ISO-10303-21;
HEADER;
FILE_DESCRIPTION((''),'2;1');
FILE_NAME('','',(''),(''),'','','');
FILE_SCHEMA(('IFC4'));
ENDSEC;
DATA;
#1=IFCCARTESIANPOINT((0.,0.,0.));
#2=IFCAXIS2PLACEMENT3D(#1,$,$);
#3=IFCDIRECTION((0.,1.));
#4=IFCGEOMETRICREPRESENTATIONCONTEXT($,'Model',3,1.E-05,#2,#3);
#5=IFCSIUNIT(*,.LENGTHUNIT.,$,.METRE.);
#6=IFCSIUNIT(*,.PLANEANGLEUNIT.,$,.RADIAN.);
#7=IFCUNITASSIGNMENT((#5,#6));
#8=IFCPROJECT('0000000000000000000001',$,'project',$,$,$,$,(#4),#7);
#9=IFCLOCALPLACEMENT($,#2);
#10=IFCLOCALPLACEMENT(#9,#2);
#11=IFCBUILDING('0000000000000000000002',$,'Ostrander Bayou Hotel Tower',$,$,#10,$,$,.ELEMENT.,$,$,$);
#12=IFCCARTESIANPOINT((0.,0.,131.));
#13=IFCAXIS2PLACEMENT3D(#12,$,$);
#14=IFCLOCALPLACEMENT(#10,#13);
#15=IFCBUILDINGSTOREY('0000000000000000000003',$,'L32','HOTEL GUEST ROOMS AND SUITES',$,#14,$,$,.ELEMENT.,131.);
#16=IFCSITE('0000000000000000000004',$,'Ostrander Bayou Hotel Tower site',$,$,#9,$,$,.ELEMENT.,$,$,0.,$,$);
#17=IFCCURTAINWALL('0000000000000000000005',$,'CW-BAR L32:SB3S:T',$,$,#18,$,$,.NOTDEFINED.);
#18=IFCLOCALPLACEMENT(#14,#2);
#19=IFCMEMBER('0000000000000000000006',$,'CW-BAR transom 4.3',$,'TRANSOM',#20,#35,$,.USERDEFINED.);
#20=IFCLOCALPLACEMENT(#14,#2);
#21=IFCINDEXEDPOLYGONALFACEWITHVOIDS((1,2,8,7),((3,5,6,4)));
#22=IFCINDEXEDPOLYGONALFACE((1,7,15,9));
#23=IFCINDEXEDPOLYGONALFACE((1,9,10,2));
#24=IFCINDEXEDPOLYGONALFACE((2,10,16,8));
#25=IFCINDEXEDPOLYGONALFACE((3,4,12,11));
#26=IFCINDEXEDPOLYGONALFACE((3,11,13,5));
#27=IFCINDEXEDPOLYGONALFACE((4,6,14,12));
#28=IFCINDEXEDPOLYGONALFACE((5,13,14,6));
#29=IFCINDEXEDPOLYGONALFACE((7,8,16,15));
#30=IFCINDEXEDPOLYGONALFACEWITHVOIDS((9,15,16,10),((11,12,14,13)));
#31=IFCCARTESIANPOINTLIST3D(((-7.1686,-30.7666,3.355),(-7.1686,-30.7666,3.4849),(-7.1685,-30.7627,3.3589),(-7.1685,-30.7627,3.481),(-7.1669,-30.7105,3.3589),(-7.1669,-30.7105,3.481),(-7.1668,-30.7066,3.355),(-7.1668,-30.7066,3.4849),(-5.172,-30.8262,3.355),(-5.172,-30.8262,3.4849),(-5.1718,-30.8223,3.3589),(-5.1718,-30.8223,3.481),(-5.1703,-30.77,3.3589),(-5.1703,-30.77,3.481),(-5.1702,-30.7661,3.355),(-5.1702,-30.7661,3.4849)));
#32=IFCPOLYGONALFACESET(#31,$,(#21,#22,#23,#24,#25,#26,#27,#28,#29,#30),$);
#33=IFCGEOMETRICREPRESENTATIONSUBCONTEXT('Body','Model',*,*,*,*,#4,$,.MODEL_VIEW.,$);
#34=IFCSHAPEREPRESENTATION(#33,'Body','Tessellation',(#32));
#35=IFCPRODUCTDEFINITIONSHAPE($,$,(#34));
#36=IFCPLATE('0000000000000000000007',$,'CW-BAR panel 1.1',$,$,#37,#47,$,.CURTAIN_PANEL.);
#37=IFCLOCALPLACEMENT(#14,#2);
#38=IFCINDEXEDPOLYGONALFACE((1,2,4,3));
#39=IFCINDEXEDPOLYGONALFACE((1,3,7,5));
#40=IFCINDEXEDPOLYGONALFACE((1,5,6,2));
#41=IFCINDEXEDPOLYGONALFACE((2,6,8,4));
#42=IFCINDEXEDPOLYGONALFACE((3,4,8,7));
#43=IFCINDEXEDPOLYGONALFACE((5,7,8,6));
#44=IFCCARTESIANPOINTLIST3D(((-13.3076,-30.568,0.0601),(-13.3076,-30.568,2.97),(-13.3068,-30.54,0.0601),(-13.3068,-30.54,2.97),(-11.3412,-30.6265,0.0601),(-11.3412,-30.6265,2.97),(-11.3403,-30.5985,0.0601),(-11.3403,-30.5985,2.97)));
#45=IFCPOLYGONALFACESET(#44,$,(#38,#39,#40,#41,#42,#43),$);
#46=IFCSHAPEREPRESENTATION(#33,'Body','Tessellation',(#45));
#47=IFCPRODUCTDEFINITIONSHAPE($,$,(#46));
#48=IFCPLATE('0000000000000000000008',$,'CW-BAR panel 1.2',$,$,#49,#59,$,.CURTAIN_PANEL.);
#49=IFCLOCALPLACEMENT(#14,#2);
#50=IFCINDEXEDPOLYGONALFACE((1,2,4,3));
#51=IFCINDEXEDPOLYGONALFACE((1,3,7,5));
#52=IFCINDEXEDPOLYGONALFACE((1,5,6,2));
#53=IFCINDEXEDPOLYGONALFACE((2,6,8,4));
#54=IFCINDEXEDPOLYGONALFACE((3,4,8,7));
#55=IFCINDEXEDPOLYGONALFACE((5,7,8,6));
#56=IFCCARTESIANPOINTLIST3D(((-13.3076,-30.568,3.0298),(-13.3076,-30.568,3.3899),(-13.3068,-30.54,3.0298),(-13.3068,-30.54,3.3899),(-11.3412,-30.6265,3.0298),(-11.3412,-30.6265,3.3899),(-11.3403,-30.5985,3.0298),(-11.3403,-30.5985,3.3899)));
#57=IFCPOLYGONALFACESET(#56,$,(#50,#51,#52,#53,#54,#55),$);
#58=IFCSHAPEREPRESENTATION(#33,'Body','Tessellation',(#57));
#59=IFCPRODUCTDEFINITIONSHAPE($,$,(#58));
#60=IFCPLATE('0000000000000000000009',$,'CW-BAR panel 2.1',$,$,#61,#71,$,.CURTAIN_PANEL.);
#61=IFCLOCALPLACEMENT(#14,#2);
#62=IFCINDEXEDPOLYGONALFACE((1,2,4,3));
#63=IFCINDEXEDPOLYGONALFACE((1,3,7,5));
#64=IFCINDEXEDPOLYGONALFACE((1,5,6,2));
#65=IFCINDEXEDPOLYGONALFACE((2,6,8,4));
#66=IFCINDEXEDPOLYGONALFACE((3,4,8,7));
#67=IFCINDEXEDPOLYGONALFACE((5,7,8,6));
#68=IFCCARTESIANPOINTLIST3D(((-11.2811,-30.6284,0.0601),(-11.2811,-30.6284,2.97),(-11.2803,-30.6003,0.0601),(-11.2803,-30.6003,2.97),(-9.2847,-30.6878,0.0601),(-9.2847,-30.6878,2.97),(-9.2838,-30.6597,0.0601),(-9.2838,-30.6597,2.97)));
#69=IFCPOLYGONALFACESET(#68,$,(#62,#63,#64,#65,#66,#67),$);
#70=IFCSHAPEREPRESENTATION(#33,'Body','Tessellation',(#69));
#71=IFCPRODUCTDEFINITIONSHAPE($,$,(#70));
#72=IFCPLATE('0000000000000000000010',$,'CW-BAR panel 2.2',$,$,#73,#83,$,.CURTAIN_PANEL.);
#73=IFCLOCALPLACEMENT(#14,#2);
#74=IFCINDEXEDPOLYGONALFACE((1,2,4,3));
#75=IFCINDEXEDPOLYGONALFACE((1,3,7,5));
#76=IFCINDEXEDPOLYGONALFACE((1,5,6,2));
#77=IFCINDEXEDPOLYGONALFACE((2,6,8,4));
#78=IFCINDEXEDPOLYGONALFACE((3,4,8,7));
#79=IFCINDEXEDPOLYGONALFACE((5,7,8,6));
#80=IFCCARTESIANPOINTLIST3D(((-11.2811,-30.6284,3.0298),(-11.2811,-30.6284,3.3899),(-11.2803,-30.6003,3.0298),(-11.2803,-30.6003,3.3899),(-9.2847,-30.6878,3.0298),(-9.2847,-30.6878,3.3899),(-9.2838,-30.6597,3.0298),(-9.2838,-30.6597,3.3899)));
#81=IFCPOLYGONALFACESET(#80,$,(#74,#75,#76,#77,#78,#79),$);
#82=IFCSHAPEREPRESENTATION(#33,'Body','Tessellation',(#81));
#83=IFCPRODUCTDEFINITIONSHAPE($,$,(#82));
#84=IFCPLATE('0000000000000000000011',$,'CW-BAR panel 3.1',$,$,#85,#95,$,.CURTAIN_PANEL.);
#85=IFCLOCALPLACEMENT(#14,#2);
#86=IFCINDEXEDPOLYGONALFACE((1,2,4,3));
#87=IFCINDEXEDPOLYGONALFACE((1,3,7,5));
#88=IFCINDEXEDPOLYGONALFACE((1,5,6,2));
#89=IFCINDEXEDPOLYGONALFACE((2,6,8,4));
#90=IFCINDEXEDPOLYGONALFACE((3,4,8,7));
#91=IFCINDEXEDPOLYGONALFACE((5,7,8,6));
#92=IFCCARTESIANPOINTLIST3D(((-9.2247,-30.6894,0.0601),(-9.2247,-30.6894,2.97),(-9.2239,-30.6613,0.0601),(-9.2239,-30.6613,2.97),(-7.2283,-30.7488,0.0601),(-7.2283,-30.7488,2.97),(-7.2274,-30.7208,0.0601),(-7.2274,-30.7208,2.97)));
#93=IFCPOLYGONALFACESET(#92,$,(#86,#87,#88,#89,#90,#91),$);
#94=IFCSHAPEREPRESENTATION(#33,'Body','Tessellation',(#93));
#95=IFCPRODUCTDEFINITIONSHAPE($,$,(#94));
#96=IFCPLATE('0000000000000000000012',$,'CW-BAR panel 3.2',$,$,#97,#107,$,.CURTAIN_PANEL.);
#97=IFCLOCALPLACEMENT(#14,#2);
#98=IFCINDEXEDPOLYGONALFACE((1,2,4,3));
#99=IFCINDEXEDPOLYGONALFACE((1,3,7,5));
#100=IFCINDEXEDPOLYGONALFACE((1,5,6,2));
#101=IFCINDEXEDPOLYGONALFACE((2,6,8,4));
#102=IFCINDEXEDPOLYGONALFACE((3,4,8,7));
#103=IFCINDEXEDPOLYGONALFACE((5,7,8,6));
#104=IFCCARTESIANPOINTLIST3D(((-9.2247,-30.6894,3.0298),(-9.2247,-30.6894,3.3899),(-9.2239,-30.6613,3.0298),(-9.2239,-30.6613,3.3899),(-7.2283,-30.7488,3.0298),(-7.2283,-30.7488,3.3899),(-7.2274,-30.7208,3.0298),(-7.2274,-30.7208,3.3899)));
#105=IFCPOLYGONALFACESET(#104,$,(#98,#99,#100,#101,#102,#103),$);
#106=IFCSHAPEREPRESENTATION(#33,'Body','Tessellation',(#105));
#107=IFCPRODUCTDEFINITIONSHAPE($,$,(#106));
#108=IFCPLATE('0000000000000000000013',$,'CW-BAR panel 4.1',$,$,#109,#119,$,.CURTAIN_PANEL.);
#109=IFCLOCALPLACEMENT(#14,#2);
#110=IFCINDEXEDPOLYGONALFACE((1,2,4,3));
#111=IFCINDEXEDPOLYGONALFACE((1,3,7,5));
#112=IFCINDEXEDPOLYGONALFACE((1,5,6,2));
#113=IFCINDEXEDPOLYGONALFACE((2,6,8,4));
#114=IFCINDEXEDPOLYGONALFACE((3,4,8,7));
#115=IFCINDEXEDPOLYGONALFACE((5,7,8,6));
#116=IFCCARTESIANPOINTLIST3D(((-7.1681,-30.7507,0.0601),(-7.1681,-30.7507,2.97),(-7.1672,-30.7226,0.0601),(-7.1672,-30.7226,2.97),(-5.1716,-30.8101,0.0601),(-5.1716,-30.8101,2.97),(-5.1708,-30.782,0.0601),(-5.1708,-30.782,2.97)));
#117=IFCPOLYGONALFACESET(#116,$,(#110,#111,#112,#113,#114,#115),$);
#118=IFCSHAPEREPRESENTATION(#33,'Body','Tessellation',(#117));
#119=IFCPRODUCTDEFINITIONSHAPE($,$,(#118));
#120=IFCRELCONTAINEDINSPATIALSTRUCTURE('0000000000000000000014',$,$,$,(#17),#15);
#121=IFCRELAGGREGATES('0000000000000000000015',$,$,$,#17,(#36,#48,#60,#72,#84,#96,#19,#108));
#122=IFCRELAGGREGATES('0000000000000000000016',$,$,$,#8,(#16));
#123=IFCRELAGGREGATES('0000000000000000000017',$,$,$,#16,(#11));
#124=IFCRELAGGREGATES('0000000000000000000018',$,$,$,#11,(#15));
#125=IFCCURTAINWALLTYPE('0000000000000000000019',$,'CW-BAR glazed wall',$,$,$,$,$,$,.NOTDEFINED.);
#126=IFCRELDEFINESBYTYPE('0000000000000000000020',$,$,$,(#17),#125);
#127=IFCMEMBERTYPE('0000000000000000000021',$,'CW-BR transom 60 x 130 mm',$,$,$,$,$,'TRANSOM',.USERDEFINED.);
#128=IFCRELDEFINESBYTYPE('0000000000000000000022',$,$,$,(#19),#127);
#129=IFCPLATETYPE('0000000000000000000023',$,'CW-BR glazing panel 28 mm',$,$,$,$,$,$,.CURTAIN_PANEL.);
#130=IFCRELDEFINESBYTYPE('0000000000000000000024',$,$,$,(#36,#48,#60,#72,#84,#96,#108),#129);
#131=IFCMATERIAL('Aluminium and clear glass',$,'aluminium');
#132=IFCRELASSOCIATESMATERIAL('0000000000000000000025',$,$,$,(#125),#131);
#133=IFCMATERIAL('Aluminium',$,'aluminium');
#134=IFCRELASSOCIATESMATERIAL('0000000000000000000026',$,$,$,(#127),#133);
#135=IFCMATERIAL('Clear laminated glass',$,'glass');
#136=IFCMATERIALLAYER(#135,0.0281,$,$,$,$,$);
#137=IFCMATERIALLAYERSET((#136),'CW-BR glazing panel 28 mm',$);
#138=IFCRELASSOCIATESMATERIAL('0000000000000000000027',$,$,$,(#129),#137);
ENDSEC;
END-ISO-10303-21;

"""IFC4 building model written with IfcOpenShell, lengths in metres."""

from ifc_helpers import new_model, si_unit, direction, frame, origin, origin_2d, place, context, subcontext, project, spatial, rectangle, hollow_rectangle, extrude, material, layer, layer_set, material_profile, profile_set, type_object, element, aggregate, save


model = new_model("IFC4")

# Units and contexts
model_context = context("Model", 3, precision=1e-05, world=origin(), true_north=direction((0.0, 1.0)))
body_context = subcontext(model_context, "Body", "Model", "MODEL_VIEW")
ifc_project = project(units=[si_unit("LENGTHUNIT", "METRE"), si_unit("PLANEANGLEUNIT", "RADIAN")], contexts=[model_context])

# Site, building, storey
site_placement = place(None, origin())
site = spatial("IfcSite", under=ifc_project, at=site_placement, Name="Ostrander Bayou Hotel Tower site", CompositionType="ELEMENT", RefElevation=0.0)
building_placement = place(site_placement, origin())
building = spatial("IfcBuilding", under=site, at=building_placement, Name="Ostrander Bayou Hotel Tower", CompositionType="ELEMENT")
storey_placement = place(building_placement, frame((0.0, 0.0, 131.0)))
storey = spatial("IfcBuildingStorey", under=building, at=storey_placement, Name="L32", Description="HOTEL GUEST ROOMS AND SUITES", CompositionType="ELEMENT", Elevation=131.0)

# Curtain wall, member, plates
ifc_material_1 = material(Name="Aluminium and clear glass", Category="aluminium")
curtain_wall_type = type_object("IfcCurtainWallType", Name="CW-BAR glazed wall", PredefinedType="NOTDEFINED", material=ifc_material_1)
curtain_wall_placement = place(storey_placement, origin())
curtain_wall = element("IfcCurtainWall", 1, at=curtain_wall_placement, inside=storey, type_object=curtain_wall_type, Name="CW-BAR L32:SB3S:T", PredefinedType="NOTDEFINED")
ifc_material_2 = material(Name="Aluminium", Category="aluminium")
ifc_material_profile_1 = material_profile(ifc_material_2, hollow_rectangle(XDim=0.0601, YDim=0.1299, WallThickness=0.0039, at=origin_2d()))
ifc_profile_set_1 = profile_set([ifc_material_profile_1], Name="Aluminium")
member_type_1 = type_object("IfcMemberType", Name="CW-BR transom 60 x 130 mm", ElementType="TRANSOM", PredefinedType="USERDEFINED", material=ifc_profile_set_1)
member_1_placement = place(storey_placement, frame((-7.1677, -30.7366, 3.4199), z_axis=(0.999555, -0.029823, 0.0), x_axis=(0.029823, 0.999555, 0.0)))
member_1 = element("IfcMember", 2, at=member_1_placement, type_object=member_type_1, Name="CW-BAR transom 4.3", ObjectType="TRANSOM", PredefinedType="USERDEFINED", context=body_context, shape_type="SweptSolid", body=[
    extrude(hollow_rectangle(XDim=0.0601, YDim=0.1299, WallThickness=0.0039, at=origin_2d()), origin(), (0.0, 0.0, 1.0), 1.9976),
])
ifc_material_3 = material(Name="Clear laminated glass", Category="glass")
ifc_layer = layer(ifc_material_3, 0.0281)
ifc_layer_set = layer_set([ifc_layer], Name="CW-BR glazing panel 28 mm")
plate_type = type_object("IfcPlateType", Name="CW-BR glazing panel 28 mm", PredefinedType="CURTAIN_PANEL", material=ifc_layer_set)
plate_1_placement = place(storey_placement, frame((-12.324, -30.5833, 0.0601), z_axis=(0.0, 0.0, 1.0), x_axis=(0.999557, -0.029746, 0.0)))
plate_1 = element("IfcPlate", 3, at=plate_1_placement, type_object=plate_type, Name="CW-BAR panel 1.1", PredefinedType="CURTAIN_PANEL", context=body_context, shape_type="SweptSolid", body=[
    extrude(rectangle(XDim=1.9673, YDim=0.0281, at=origin_2d()), origin(), (0.0, 0.0, 1.0), 2.9099),
])
plate_2_placement = place(storey_placement, frame((-12.324, -30.5833, 3.0298), z_axis=(0.0, 0.0, 1.0), x_axis=(0.999557, -0.029746, 0.0)))
plate_2 = element("IfcPlate", 4, at=plate_2_placement, type_object=plate_type, Name="CW-BAR panel 1.2", PredefinedType="CURTAIN_PANEL", context=body_context, shape_type="SweptSolid", body=[
    extrude(rectangle(XDim=1.9673, YDim=0.0281, at=origin_2d()), origin(), (0.0, 0.0, 1.0), 0.3601),
])
plate_3_placement = place(storey_placement, frame((-10.2825, -30.644, 0.0601), z_axis=(0.0, 0.0, 1.0), x_axis=(0.999557, -0.029746, 0.0)))
plate_3 = element("IfcPlate", 5, at=plate_3_placement, type_object=plate_type, Name="CW-BAR panel 2.1", PredefinedType="CURTAIN_PANEL", context=body_context, shape_type="SweptSolid", body=[
    extrude(rectangle(XDim=1.9973, YDim=0.0281, at=origin_2d()), origin(), (0.0, 0.0, 1.0), 2.9099),
])
plate_4_placement = place(storey_placement, frame((-10.2825, -30.644, 3.0298), z_axis=(0.0, 0.0, 1.0), x_axis=(0.999557, -0.029746, 0.0)))
plate_4 = element("IfcPlate", 6, at=plate_4_placement, type_object=plate_type, Name="CW-BAR panel 2.2", PredefinedType="CURTAIN_PANEL", context=body_context, shape_type="SweptSolid", body=[
    extrude(rectangle(XDim=1.9973, YDim=0.0281, at=origin_2d()), origin(), (0.0, 0.0, 1.0), 0.3601),
])
plate_5_placement = place(storey_placement, frame((-8.2261, -30.7051, 0.0601), z_axis=(0.0, 0.0, 1.0), x_axis=(0.999557, -0.029746, 0.0)))
plate_5 = element("IfcPlate", 7, at=plate_5_placement, type_object=plate_type, Name="CW-BAR panel 3.1", PredefinedType="CURTAIN_PANEL", context=body_context, shape_type="SweptSolid", body=[
    extrude(rectangle(XDim=1.9973, YDim=0.0281, at=origin_2d()), origin(), (0.0, 0.0, 1.0), 2.9099),
])
plate_6_placement = place(storey_placement, frame((-8.2261, -30.7051, 3.0298), z_axis=(0.0, 0.0, 1.0), x_axis=(0.999557, -0.029746, 0.0)))
plate_6 = element("IfcPlate", 8, at=plate_6_placement, type_object=plate_type, Name="CW-BAR panel 3.2", PredefinedType="CURTAIN_PANEL", context=body_context, shape_type="SweptSolid", body=[
    extrude(rectangle(XDim=1.9973, YDim=0.0281, at=origin_2d()), origin(), (0.0, 0.0, 1.0), 0.3601),
])
plate_7_placement = place(storey_placement, frame((-6.1694, -30.7664, 0.0601), z_axis=(0.0, 0.0, 1.0), x_axis=(0.999557, -0.029746, 0.0)))
plate_7 = element("IfcPlate", 9, at=plate_7_placement, type_object=plate_type, Name="CW-BAR panel 4.1", PredefinedType="CURTAIN_PANEL", context=body_context, shape_type="SweptSolid", body=[
    extrude(rectangle(XDim=1.9973, YDim=0.0281, at=origin_2d()), origin(), (0.0, 0.0, 1.0), 2.9099),
])
aggregate(curtain_wall, [plate_1, plate_2, plate_3, plate_4, plate_5, plate_6, member_1, plate_7])

save(model, "model.ifc")
